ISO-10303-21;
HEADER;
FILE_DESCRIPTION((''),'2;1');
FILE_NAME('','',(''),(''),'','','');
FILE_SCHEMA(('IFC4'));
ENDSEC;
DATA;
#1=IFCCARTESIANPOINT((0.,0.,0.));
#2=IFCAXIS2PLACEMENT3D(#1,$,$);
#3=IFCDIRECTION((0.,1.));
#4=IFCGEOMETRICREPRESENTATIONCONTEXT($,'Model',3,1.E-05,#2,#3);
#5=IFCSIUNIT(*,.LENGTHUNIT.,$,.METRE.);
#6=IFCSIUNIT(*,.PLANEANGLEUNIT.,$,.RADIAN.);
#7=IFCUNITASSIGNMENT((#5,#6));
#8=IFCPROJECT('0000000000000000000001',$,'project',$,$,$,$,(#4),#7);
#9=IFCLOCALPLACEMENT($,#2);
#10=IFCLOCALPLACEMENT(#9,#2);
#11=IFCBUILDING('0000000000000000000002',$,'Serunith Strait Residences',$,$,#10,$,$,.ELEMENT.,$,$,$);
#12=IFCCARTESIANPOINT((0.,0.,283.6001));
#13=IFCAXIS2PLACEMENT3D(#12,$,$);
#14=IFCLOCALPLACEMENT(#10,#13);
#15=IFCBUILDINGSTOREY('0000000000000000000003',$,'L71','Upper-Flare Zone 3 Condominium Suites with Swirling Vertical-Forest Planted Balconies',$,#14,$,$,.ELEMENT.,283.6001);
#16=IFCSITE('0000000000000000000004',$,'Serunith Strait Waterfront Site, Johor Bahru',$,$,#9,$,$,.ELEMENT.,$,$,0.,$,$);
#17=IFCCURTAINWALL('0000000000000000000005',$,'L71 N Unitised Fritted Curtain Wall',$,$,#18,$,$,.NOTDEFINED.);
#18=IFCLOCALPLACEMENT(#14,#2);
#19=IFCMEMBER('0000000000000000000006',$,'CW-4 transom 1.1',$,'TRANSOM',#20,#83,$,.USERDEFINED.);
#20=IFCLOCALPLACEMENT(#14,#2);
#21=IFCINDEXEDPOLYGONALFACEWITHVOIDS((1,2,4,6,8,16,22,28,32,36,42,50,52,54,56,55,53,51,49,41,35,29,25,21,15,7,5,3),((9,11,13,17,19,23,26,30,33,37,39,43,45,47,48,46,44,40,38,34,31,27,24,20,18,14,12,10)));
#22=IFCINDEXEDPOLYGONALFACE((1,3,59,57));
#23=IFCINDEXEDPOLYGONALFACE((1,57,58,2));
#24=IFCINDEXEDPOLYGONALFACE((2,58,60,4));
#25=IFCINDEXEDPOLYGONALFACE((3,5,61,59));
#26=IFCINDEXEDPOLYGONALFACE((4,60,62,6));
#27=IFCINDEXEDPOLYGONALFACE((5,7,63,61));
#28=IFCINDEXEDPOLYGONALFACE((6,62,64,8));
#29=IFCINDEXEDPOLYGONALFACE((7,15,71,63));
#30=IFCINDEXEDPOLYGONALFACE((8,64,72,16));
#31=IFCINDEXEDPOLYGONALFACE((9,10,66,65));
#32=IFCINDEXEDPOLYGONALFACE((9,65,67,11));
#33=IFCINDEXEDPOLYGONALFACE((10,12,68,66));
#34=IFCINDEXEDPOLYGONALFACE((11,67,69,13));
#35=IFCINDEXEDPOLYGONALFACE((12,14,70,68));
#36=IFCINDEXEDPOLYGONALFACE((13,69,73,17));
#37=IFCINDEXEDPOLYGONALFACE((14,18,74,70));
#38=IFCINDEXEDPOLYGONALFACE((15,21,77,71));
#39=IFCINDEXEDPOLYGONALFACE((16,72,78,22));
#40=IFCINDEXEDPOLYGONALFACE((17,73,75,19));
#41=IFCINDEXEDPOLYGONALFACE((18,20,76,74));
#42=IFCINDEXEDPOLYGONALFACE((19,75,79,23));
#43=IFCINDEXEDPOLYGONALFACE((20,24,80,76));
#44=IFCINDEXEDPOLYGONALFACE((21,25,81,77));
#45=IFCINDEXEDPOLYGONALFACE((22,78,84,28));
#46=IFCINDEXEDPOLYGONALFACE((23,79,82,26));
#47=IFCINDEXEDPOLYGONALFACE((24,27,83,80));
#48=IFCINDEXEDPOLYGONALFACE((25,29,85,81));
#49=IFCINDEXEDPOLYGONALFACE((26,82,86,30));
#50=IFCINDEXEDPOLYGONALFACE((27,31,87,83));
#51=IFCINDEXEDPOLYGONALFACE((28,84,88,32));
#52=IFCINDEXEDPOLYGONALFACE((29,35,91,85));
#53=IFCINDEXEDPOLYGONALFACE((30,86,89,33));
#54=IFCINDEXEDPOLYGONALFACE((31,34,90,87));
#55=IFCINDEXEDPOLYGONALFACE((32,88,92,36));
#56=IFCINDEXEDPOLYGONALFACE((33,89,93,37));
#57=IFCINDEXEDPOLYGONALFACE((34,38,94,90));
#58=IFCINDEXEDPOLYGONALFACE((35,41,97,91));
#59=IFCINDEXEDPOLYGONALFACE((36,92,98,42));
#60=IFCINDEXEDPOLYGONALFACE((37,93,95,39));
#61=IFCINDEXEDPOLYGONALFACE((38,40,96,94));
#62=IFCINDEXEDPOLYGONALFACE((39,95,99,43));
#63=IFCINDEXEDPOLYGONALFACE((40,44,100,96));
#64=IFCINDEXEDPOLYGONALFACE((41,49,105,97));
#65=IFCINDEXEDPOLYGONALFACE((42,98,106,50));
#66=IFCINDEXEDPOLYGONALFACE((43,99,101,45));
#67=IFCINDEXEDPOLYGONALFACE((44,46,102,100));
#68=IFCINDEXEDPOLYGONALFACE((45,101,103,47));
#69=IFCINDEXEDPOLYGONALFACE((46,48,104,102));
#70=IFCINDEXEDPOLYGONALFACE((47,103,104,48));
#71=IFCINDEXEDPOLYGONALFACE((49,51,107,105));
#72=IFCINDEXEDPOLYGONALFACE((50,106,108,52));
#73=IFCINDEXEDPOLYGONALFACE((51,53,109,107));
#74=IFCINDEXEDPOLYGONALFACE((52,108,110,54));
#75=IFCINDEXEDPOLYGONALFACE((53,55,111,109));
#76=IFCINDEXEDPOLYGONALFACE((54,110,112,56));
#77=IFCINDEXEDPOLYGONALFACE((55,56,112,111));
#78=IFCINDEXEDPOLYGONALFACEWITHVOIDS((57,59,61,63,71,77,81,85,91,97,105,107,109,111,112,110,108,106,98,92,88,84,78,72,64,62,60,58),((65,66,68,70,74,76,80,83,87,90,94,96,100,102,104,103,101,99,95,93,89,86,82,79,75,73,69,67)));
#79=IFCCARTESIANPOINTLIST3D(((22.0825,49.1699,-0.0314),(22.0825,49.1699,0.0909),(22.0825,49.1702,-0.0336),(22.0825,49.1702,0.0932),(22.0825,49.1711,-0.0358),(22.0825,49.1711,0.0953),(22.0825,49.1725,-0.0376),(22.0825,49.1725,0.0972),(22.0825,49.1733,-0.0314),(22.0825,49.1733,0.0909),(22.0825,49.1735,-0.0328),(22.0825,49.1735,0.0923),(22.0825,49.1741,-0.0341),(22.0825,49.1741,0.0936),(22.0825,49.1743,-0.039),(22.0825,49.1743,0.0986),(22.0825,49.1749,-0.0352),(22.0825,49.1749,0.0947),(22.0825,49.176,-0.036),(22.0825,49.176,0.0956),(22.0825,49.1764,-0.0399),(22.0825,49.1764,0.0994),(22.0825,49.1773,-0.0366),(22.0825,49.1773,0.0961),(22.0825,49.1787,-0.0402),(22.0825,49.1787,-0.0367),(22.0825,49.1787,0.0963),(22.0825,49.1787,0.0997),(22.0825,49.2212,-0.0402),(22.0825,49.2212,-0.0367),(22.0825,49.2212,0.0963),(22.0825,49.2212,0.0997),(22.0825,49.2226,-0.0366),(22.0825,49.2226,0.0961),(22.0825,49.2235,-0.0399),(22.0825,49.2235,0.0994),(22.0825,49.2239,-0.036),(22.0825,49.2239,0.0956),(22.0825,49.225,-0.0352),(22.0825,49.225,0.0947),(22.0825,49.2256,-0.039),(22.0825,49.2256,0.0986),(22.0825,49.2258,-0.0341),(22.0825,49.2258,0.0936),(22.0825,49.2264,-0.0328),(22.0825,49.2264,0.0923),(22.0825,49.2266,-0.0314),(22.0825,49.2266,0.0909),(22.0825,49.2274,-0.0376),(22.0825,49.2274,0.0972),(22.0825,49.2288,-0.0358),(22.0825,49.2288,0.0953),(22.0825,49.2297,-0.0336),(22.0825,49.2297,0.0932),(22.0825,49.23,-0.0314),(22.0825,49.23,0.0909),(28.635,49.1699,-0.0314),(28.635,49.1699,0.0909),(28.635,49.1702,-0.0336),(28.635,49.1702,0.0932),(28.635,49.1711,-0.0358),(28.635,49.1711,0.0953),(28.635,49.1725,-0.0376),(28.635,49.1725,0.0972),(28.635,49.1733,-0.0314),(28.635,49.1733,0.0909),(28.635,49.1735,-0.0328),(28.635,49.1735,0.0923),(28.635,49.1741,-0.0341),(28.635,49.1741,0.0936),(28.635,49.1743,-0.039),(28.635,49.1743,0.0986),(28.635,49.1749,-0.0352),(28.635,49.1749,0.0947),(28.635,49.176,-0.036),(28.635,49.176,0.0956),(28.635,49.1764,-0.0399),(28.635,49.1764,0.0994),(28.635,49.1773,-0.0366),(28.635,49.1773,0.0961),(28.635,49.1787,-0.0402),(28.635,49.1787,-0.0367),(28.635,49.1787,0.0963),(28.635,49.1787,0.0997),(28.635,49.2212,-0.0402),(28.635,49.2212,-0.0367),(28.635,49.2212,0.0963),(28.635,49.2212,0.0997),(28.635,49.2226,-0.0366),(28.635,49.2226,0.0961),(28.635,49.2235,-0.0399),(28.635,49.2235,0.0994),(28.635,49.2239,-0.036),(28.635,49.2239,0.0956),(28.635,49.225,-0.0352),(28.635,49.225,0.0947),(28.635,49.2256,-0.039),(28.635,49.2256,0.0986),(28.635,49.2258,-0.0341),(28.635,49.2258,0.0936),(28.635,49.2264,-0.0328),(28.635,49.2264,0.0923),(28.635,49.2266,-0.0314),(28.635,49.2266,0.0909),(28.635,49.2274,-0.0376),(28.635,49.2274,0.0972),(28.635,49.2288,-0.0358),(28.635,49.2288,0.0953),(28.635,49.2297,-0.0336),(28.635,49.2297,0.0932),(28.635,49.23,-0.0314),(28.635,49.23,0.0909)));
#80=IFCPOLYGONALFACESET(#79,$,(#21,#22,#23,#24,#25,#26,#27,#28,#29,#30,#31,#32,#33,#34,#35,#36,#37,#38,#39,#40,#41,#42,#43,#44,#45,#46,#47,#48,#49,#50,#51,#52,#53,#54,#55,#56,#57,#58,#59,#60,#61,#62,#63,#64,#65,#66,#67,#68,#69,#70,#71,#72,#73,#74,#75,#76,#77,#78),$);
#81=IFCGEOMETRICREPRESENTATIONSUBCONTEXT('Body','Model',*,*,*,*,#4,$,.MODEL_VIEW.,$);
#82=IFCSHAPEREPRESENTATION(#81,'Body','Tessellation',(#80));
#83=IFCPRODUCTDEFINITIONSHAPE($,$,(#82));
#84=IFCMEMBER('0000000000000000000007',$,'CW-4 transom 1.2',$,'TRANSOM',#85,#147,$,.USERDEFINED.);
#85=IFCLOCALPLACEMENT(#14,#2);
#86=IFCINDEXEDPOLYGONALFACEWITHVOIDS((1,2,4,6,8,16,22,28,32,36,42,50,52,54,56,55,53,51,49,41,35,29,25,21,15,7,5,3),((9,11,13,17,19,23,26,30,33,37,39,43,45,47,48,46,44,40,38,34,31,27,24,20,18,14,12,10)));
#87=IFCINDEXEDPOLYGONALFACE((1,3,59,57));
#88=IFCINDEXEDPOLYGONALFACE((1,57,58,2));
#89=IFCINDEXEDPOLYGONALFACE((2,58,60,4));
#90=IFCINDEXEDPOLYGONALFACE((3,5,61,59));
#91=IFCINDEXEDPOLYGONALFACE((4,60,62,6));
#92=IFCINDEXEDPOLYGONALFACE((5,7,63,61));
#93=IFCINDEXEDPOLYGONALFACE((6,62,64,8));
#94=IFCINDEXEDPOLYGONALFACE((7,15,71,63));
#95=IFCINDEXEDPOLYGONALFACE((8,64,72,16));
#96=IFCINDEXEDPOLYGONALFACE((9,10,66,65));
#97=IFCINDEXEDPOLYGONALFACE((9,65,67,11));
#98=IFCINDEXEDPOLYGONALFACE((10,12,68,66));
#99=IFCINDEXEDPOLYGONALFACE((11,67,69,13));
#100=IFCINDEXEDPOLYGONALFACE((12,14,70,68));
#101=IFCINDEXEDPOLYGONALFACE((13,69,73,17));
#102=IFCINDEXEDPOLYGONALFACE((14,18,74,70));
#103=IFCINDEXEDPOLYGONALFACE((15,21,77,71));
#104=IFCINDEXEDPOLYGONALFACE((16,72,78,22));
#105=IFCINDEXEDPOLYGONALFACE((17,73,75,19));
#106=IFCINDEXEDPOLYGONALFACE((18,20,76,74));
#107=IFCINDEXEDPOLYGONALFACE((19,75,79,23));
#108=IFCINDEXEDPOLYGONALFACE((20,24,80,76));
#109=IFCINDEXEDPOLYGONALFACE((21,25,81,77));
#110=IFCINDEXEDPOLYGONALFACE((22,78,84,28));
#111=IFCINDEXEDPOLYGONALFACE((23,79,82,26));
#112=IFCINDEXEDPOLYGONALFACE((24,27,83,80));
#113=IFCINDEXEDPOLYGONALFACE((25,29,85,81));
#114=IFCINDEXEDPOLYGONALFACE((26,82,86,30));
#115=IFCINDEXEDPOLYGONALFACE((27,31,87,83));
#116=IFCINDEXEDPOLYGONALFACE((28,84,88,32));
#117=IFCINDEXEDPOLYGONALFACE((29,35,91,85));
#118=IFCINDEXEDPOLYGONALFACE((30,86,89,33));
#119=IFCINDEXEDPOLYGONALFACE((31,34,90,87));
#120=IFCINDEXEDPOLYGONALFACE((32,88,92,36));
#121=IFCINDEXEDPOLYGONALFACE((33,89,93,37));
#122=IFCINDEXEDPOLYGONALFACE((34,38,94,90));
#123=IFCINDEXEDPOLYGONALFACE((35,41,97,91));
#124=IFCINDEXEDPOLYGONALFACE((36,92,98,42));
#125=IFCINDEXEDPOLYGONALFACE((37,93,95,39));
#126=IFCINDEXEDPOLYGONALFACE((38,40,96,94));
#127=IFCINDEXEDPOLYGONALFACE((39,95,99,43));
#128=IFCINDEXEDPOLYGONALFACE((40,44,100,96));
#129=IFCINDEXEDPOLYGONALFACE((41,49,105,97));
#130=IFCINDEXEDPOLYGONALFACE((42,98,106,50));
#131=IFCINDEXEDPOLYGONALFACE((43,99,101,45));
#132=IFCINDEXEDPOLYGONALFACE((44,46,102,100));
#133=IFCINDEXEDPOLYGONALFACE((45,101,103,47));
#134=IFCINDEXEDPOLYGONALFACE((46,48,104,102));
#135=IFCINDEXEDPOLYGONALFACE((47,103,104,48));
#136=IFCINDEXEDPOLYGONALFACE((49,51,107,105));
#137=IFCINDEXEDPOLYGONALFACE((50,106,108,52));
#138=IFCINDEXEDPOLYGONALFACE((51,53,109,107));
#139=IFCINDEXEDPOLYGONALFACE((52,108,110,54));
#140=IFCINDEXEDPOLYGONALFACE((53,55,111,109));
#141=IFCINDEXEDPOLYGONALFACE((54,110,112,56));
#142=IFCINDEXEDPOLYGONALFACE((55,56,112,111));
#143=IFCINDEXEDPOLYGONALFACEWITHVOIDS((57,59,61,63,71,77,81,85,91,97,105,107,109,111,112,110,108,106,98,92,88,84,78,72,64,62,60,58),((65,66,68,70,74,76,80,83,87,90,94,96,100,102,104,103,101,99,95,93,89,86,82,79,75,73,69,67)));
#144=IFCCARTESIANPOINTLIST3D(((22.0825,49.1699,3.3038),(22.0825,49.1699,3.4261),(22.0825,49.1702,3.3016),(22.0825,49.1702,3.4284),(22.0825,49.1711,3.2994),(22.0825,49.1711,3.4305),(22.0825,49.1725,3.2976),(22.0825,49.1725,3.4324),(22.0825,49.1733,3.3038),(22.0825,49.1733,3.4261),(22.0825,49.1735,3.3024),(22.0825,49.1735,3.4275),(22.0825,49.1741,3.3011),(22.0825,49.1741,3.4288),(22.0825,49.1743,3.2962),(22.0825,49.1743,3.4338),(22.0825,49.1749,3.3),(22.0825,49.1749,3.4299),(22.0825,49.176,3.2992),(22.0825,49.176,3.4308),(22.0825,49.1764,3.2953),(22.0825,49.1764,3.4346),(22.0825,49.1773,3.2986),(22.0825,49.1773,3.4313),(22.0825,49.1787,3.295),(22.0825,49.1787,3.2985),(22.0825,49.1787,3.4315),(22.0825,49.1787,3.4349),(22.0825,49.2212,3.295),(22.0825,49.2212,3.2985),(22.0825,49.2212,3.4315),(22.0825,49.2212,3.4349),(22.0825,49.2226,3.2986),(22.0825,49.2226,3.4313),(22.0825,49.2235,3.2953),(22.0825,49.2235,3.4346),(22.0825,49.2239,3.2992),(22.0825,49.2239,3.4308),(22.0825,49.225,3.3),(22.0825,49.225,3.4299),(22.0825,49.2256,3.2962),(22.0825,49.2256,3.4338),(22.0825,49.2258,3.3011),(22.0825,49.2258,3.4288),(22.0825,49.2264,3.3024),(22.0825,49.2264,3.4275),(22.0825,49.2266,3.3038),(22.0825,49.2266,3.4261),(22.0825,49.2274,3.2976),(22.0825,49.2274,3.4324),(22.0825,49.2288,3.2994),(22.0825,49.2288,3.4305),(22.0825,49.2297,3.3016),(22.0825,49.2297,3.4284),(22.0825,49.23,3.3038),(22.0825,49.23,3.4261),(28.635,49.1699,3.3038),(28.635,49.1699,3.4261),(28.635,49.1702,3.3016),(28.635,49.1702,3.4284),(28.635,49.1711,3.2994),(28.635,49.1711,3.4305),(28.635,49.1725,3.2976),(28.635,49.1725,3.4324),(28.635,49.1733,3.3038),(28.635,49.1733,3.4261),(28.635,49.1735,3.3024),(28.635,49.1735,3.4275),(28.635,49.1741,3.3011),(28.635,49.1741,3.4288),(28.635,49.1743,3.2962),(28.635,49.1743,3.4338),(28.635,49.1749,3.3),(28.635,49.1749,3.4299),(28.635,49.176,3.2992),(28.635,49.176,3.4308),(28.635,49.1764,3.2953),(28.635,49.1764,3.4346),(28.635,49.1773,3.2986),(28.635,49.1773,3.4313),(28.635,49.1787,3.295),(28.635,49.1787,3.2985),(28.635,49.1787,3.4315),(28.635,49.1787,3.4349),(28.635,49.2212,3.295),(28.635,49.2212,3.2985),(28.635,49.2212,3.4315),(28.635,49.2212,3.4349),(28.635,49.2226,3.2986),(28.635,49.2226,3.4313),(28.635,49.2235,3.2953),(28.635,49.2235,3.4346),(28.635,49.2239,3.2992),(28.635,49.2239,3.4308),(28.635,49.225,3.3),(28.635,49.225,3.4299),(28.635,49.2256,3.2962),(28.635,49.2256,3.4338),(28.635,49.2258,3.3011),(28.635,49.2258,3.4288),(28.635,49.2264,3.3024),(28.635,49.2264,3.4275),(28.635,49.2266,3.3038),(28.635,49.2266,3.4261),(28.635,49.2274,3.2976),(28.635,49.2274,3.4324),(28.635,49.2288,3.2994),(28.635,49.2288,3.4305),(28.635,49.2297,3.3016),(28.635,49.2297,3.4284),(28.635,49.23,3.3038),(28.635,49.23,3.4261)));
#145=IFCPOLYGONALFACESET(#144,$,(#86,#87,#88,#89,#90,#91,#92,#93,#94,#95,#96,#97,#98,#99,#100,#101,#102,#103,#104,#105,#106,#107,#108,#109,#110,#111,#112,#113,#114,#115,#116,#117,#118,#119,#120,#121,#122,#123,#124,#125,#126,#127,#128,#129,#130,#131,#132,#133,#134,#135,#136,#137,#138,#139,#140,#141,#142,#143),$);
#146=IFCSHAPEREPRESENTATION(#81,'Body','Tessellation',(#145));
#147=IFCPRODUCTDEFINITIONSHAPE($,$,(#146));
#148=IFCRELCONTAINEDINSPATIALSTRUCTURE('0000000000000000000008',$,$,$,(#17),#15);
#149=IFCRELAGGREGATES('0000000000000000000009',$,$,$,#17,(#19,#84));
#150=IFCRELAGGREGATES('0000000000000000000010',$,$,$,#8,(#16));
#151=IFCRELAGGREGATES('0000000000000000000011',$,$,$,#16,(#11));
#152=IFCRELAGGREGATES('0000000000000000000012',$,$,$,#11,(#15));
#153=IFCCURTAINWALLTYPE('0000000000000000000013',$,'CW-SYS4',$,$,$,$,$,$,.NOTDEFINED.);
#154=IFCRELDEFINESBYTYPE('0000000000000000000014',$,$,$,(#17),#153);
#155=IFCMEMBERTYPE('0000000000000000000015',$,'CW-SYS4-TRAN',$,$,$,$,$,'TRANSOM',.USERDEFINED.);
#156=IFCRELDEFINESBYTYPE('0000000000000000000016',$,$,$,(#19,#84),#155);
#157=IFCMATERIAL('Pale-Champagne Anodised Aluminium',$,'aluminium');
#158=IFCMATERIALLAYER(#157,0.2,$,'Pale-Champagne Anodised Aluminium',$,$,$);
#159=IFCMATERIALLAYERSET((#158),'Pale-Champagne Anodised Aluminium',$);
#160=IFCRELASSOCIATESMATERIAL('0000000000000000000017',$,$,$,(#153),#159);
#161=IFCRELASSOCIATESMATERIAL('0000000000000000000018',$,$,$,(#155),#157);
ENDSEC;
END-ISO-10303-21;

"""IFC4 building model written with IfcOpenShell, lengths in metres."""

from ifc_helpers import new_model, si_unit, direction, frame, origin, origin_2d, place, context, subcontext, project, spatial, hollow_rectangle, extrude, source, transform, mapped, material, layer, layer_set, material_profile, profile_set, type_object, element, aggregate, save


model = new_model("IFC4")

# Units and contexts
model_context = context("Model", 3, precision=1e-05, world=origin(), true_north=direction((0.0, 1.0)))
body_context = subcontext(model_context, "Body", "Model", "MODEL_VIEW")
ifc_project = project(units=[si_unit("LENGTHUNIT", "METRE"), si_unit("PLANEANGLEUNIT", "RADIAN")], contexts=[model_context])

# Site, building, storey
site_placement = place(None, origin())
site = spatial("IfcSite", under=ifc_project, at=site_placement, Name="Serunith Strait Waterfront Site, Johor Bahru", CompositionType="ELEMENT", RefElevation=0.0)
building_placement = place(site_placement, origin())
building = spatial("IfcBuilding", under=site, at=building_placement, Name="Serunith Strait Residences", CompositionType="ELEMENT")
storey_placement = place(building_placement, frame((0.0, 0.0, 283.6001)))
storey = spatial("IfcBuildingStorey", under=building, at=storey_placement, Name="L71", Description="Upper-Flare Zone 3 Condominium Suites with Swirling Vertical-Forest Planted Balconies", CompositionType="ELEMENT", Elevation=283.6001)

# Curtain wall, members
ifc_material_1 = material(Name="Pale-Champagne Anodised Aluminium", Category="aluminium")
ifc_layer_1 = layer(ifc_material_1, 0.2, Name="Pale-Champagne Anodised Aluminium")
ifc_layer_set_1 = layer_set([ifc_layer_1], Name="Pale-Champagne Anodised Aluminium")
curtain_wall_type = type_object("IfcCurtainWallType", Name="CW-SYS4", PredefinedType="NOTDEFINED", material=ifc_layer_set_1)
curtain_wall_1_placement = place(storey_placement, origin())
curtain_wall_1 = element("IfcCurtainWall", 1, at=curtain_wall_1_placement, inside=storey, type_object=curtain_wall_type, Name="L71 N Unitised Fritted Curtain Wall", PredefinedType="NOTDEFINED")
ifc_material_profile_1 = material_profile(ifc_material_1, hollow_rectangle(XDim=0.0601, YDim=0.1399, WallThickness=0.0034, InnerFilletRadius=0.0054, OuterFilletRadius=0.0088, at=origin_2d()), Name="ALU 140x60x3.5")
ifc_profile_set_1 = profile_set([ifc_material_profile_1], Name="Pale-Champagne Anodised Aluminium")
member_type_1 = type_object("IfcMemberType", Name="CW-SYS4-TRAN", ElementType="TRANSOM", PredefinedType="USERDEFINED", material=ifc_profile_set_1)
shared_shape_1 = source(origin(), body_context, "Body", "SweptSolid", [
    extrude(hollow_rectangle(XDim=0.0601, YDim=0.1399, WallThickness=0.0034, InnerFilletRadius=0.0054, OuterFilletRadius=0.0088, at=origin_2d()), origin(), (0.0, 0.0, 1.0), 6.5525),
])
member_1_placement = place(storey_placement, frame((28.635, 49.2, 0.0298), z_axis=(-1.0, 0.0, 0.0), x_axis=(0.0, -1.0, 0.0)))
member_1 = element("IfcMember", 2, at=member_1_placement, type_object=member_type_1, Name="CW-4 transom 1.1", ObjectType="TRANSOM", PredefinedType="USERDEFINED", context=body_context, shape_type="MappedRepresentation", body=[
    mapped(shared_shape_1, transform((0.0, 0.0, 0.0), scale=1.0)),
])
member_2_placement = place(storey_placement, frame((28.635, 49.2, 3.365), z_axis=(-1.0, 0.0, 0.0), x_axis=(0.0, -1.0, 0.0)))
member_2 = element("IfcMember", 3, at=member_2_placement, type_object=member_type_1, Name="CW-4 transom 1.2", ObjectType="TRANSOM", PredefinedType="USERDEFINED", context=body_context, shape_type="MappedRepresentation", body=[
    mapped(shared_shape_1, transform((0.0, 0.0, 0.0), scale=1.0)),
])

aggregate(curtain_wall_1, [member_1, member_2])

save(model, "model.ifc")
